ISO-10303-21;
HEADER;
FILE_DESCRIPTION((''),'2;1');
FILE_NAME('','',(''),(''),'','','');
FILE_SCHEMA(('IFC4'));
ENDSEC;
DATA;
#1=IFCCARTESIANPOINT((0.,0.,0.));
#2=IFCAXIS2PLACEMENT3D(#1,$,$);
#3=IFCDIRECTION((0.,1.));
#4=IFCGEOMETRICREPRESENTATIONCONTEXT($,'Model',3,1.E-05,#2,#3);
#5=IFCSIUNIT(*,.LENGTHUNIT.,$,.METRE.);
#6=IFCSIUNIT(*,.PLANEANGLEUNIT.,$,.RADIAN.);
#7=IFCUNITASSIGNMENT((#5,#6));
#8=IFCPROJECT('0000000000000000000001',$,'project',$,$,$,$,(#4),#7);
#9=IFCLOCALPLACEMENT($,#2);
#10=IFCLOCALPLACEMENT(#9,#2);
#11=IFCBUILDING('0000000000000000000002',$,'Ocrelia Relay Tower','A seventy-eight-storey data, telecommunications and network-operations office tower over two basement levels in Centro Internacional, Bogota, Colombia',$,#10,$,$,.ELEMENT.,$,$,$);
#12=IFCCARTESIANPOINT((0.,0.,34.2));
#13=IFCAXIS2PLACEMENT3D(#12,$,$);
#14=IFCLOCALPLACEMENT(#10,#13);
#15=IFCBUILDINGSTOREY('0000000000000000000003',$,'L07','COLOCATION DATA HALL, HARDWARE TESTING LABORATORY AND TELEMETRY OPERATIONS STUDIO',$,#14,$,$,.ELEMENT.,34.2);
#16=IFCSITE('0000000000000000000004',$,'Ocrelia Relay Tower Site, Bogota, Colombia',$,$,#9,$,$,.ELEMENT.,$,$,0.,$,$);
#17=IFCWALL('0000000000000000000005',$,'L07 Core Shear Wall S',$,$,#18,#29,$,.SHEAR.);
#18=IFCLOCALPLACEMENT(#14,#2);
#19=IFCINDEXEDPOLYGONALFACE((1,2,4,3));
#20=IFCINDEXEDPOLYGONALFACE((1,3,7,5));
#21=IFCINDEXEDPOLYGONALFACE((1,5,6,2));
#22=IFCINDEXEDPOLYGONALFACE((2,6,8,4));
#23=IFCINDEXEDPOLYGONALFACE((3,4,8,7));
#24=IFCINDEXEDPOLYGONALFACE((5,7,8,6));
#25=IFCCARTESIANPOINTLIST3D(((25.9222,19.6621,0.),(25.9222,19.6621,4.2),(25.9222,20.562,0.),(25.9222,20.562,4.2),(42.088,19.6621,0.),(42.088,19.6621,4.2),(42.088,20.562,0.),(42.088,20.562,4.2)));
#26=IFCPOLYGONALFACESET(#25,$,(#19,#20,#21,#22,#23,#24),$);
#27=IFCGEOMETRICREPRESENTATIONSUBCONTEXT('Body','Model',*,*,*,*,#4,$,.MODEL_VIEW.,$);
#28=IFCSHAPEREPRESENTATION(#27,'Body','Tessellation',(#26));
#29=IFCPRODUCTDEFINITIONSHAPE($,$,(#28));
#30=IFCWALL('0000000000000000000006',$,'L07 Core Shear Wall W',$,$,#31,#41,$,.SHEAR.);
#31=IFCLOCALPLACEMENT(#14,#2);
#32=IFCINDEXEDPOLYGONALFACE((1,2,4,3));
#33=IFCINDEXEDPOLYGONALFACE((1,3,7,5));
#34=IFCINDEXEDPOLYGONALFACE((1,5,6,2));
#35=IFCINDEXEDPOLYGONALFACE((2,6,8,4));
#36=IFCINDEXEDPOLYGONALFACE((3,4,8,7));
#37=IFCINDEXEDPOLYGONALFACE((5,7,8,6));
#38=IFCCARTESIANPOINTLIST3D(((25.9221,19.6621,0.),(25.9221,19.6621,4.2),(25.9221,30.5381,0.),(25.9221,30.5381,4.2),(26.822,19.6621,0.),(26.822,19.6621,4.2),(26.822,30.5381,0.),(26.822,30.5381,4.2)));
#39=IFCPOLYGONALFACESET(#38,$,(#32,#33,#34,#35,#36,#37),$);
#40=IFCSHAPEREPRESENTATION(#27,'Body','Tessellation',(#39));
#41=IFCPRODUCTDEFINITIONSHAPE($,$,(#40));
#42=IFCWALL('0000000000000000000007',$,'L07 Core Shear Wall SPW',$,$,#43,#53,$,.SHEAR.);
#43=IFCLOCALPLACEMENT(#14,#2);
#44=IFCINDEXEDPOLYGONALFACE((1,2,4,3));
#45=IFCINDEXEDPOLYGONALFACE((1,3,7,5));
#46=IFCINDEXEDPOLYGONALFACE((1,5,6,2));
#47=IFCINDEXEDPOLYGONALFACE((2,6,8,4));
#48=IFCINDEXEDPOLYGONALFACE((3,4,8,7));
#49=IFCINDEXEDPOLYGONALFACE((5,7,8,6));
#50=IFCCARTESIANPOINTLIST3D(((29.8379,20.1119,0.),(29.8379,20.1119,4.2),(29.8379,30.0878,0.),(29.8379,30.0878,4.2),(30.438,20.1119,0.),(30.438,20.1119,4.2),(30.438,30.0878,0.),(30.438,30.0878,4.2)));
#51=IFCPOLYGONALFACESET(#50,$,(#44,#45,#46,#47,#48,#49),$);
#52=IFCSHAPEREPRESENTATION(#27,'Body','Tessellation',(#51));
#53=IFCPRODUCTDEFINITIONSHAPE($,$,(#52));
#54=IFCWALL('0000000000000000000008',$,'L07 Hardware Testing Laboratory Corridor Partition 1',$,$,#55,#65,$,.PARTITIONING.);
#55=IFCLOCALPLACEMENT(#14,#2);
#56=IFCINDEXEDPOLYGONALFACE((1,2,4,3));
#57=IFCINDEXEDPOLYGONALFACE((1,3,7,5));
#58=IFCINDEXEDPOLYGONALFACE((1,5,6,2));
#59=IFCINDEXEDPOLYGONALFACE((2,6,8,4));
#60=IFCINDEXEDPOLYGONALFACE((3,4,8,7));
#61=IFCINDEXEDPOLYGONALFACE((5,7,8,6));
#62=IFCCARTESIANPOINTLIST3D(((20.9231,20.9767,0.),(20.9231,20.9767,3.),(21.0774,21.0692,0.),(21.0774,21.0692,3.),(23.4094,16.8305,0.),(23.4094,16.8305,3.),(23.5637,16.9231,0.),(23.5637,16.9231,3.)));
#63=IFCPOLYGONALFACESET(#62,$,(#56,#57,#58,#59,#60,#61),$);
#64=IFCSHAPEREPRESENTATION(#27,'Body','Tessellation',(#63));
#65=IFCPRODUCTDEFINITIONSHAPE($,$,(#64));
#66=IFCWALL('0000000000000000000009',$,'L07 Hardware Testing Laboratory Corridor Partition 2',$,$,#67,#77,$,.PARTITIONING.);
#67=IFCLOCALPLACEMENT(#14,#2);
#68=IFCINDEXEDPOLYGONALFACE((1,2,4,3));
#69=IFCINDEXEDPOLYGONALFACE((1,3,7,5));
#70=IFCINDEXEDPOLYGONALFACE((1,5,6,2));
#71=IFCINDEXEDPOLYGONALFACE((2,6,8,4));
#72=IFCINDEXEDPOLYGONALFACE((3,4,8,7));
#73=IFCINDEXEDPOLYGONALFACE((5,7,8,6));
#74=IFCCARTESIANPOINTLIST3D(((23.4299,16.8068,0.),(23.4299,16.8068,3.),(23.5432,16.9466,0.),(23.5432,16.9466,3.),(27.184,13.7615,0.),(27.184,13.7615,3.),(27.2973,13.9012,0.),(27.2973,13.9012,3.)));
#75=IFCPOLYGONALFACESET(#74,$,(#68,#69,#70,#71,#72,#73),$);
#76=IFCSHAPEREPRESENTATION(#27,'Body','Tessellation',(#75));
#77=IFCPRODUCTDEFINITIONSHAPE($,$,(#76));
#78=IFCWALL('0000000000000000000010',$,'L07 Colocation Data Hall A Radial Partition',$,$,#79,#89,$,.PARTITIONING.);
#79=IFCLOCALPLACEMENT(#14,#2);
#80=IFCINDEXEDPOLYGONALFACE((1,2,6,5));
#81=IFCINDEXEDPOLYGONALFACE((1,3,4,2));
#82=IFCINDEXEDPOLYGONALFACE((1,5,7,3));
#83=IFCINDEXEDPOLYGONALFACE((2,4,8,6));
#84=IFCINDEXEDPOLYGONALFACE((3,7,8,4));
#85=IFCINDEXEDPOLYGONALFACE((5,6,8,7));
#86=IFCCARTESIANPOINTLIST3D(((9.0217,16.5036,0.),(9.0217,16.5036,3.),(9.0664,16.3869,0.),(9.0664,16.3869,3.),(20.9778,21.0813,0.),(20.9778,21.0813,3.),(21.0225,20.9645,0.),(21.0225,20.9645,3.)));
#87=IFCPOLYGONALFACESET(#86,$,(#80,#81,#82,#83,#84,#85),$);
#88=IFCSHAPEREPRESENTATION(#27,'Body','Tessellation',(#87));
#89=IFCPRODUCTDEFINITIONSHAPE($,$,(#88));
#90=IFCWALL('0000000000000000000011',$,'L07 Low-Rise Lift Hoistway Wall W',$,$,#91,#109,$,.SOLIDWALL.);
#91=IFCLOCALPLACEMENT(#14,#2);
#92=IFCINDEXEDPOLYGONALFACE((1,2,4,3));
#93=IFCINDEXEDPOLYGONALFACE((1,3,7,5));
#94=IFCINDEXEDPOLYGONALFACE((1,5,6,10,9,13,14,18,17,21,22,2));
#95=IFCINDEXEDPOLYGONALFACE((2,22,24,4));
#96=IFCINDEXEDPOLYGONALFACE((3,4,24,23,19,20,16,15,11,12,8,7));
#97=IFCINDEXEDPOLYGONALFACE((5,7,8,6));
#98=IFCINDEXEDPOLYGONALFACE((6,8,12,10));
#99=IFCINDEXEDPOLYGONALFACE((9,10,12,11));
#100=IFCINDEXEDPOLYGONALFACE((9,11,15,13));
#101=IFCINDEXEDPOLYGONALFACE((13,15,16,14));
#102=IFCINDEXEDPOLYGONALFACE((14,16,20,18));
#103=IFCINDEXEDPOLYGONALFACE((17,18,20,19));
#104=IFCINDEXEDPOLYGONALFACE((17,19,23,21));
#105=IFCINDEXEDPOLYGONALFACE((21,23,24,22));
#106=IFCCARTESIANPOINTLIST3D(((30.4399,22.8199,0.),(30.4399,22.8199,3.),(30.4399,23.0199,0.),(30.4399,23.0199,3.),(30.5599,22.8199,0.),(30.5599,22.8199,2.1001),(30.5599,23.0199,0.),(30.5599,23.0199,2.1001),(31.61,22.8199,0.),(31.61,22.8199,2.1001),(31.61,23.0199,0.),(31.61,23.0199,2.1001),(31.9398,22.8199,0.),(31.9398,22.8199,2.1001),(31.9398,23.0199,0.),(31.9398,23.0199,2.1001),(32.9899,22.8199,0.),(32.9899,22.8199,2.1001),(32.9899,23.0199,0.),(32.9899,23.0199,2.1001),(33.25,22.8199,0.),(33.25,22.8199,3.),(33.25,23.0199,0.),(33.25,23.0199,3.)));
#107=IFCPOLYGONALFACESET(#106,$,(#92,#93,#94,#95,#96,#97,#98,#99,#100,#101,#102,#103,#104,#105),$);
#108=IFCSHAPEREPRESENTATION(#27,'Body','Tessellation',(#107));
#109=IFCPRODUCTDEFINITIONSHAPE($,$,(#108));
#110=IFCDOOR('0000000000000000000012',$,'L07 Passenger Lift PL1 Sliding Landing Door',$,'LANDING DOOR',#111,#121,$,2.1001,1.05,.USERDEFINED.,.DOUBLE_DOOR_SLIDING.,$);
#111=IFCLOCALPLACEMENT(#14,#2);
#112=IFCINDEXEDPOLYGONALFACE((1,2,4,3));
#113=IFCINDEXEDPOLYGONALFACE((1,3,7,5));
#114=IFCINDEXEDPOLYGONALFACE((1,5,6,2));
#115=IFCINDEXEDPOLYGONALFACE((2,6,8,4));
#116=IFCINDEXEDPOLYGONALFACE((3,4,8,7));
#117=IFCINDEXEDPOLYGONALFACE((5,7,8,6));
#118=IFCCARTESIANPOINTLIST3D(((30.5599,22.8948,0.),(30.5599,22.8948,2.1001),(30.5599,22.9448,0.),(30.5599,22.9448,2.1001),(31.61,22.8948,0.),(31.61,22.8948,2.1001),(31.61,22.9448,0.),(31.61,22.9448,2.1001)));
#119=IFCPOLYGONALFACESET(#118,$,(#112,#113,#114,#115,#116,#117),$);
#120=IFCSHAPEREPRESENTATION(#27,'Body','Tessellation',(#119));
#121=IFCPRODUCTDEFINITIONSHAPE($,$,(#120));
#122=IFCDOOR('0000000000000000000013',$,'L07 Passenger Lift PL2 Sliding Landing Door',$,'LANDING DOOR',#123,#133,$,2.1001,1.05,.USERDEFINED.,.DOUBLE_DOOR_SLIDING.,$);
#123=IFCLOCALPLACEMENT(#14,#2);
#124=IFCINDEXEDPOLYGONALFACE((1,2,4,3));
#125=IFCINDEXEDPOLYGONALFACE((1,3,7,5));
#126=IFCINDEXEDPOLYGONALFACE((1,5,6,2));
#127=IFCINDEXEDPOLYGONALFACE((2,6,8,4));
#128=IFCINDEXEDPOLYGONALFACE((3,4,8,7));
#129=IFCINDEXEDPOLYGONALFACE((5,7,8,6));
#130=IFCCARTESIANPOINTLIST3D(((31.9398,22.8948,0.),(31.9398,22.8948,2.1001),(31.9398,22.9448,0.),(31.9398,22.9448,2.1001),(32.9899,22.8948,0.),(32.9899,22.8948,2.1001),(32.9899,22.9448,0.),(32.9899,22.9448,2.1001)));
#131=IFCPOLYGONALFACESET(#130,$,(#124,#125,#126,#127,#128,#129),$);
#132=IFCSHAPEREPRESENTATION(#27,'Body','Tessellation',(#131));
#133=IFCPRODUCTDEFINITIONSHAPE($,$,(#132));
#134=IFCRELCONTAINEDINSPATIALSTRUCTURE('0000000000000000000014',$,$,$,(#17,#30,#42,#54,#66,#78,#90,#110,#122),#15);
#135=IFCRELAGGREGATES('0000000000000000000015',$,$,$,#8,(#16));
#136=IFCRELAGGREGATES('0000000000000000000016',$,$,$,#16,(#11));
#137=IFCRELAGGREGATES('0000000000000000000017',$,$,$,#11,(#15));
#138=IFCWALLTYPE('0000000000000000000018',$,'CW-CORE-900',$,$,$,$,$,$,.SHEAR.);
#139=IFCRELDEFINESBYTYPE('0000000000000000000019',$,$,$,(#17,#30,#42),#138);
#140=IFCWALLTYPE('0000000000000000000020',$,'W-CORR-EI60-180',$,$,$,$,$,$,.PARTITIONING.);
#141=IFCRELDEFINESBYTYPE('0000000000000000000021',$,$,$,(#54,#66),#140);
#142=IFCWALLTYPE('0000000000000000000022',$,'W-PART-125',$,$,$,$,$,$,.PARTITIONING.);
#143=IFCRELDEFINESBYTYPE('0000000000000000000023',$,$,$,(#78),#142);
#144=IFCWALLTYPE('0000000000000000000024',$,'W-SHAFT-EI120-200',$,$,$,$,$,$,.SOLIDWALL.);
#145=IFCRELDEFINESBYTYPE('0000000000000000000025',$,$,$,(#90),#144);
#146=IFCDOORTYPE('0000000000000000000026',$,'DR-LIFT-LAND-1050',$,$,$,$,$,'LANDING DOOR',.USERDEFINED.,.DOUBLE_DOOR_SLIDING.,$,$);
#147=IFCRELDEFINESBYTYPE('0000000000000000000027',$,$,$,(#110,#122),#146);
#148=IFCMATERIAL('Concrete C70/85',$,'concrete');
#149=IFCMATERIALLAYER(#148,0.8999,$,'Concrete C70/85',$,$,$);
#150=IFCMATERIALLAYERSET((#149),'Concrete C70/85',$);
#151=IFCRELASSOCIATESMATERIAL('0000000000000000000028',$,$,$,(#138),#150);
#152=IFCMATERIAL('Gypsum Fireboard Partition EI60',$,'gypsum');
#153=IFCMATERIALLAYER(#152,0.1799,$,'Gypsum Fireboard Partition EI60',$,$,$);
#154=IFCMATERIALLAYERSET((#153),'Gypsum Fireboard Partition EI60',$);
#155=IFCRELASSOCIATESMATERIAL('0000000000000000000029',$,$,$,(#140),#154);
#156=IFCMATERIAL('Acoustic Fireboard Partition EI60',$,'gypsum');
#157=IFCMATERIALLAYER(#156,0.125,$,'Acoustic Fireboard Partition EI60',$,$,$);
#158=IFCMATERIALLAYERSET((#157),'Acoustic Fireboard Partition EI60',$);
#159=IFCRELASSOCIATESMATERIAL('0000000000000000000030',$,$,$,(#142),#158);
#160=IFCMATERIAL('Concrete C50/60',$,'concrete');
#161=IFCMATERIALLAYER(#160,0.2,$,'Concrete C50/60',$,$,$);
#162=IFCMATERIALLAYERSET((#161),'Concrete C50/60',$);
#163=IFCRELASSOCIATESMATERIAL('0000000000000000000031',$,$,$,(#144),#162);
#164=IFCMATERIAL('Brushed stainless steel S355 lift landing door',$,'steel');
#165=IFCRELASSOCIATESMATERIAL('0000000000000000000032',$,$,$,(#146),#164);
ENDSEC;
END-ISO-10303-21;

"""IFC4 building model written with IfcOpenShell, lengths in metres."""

from ifc_helpers import new_model, si_unit, direction, frame, frame_2d, origin, place, context, subcontext, project, spatial, rectangle, extrude, material, layer, layer_set, type_object, element, fill, save


model = new_model("IFC4")

# Units and contexts
model_context = context("Model", 3, precision=1e-05, world=origin(), true_north=direction((0.0, 1.0)))
body_context = subcontext(model_context, "Body", "Model", "MODEL_VIEW")
ifc_project = project(units=[si_unit("LENGTHUNIT", "METRE"), si_unit("PLANEANGLEUNIT", "RADIAN")], contexts=[model_context])

# Site, building, storey
site_placement = place(None, origin())
site = spatial("IfcSite", under=ifc_project, at=site_placement, Name="Ocrelia Relay Tower Site, Bogota, Colombia", CompositionType="ELEMENT", RefElevation=0.0)
building_placement = place(site_placement, origin())
building = spatial("IfcBuilding", under=site, at=building_placement, Name="Ocrelia Relay Tower", Description="A seventy-eight-storey data, telecommunications and network-operations office tower over two basement levels in Centro Internacional, Bogota, Colombia", CompositionType="ELEMENT")
storey_placement = place(building_placement, frame((0.0, 0.0, 34.2)))
storey = spatial("IfcBuildingStorey", under=building, at=storey_placement, Name="L07", Description="COLOCATION DATA HALL, HARDWARE TESTING LABORATORY AND TELEMETRY OPERATIONS STUDIO", CompositionType="ELEMENT", Elevation=34.2)

# Shared definitions
ifc_material_1 = material(Name="Concrete C70/85", Category="concrete")

# Walls
ifc_layer_1 = layer(ifc_material_1, 0.8999, Name="Concrete C70/85")
ifc_layer_set_1 = layer_set([ifc_layer_1], Name="Concrete C70/85")
wall_type_1 = type_object("IfcWallType", Name="CW-CORE-900", PredefinedType="SHEAR", material=ifc_layer_set_1)
wall_1_placement = place(storey_placement, frame((25.9221, 20.1121, 0.0), z_axis=(0.0, 0.0, 1.0), x_axis=(1.0, 0.0, 0.0)))
element("IfcWall", 1, at=wall_1_placement, inside=storey, type_object=wall_type_1, Name="L07 Core Shear Wall S", PredefinedType="SHEAR", context=body_context, shape_type="SweptSolid", body=[
    extrude(rectangle(XDim=16.1658, YDim=0.8999, at=frame_2d((8.083, 0.0))), origin(), (0.0, 0.0, 1.0), 4.2),
])
wall_2_placement = place(storey_placement, frame((26.3721, 19.6621, 0.0), z_axis=(0.0, 0.0, 1.0), x_axis=(0.0, 1.0, 0.0)))
element("IfcWall", 2, at=wall_2_placement, inside=storey, type_object=wall_type_1, Name="L07 Core Shear Wall W", PredefinedType="SHEAR", context=body_context, shape_type="SweptSolid", body=[
    extrude(rectangle(XDim=10.876, YDim=0.8999, at=frame_2d((5.438, 0.0))), origin(), (0.0, 0.0, 1.0), 4.2),
])
wall_3_placement = place(storey_placement, frame((30.1379, 20.1121, 0.0), z_axis=(0.0, 0.0, 1.0), x_axis=(0.0, 1.0, 0.0)))
element("IfcWall", 3, at=wall_3_placement, inside=storey, type_object=wall_type_1, Name="L07 Core Shear Wall SPW", PredefinedType="SHEAR", context=body_context, shape_type="SweptSolid", body=[
    extrude(rectangle(XDim=9.9758, YDim=0.6001, at=frame_2d((4.9878, 0.0))), origin(), (0.0, 0.0, 1.0), 4.2),
])
ifc_material_2 = material(Name="Gypsum Fireboard Partition EI60", Category="gypsum")
ifc_layer_2 = layer(ifc_material_2, 0.1799, Name="Gypsum Fireboard Partition EI60")
ifc_layer_set_2 = layer_set([ifc_layer_2], Name="Gypsum Fireboard Partition EI60")
wall_type_2 = type_object("IfcWallType", Name="W-CORR-EI60-180", PredefinedType="PARTITIONING", material=ifc_layer_set_2)
wall_4_placement = place(storey_placement, frame((21.0002, 21.0229, 0.0), z_axis=(0.0, 0.0, 1.0), x_axis=(0.51428, -0.857622, 0.0)))
element("IfcWall", 4, at=wall_4_placement, inside=storey, type_object=wall_type_2, Name="L07 Hardware Testing Laboratory Corridor Partition 1", PredefinedType="PARTITIONING", context=body_context, shape_type="SweptSolid", body=[
    extrude(rectangle(XDim=4.8345, YDim=0.1799, at=frame_2d((2.4172, 0.0))), origin(), (0.0, 0.0, 1.0), 3.0),
])
wall_5_placement = place(storey_placement, frame((23.4866, 16.8767, 0.0), z_axis=(0.0, 0.0, 1.0), x_axis=(0.776603, -0.62999, 0.0)))
element("IfcWall", 5, at=wall_5_placement, inside=storey, type_object=wall_type_2, Name="L07 Hardware Testing Laboratory Corridor Partition 2", PredefinedType="PARTITIONING", context=body_context, shape_type="SweptSolid", body=[
    extrude(rectangle(XDim=4.834, YDim=0.1799, at=frame_2d((2.417, 0.0))), origin(), (0.0, 0.0, 1.0), 3.0),
])

# Wall
ifc_material_3 = material(Name="Acoustic Fireboard Partition EI60", Category="gypsum")
ifc_layer_3 = layer(ifc_material_3, 0.125, Name="Acoustic Fireboard Partition EI60")
ifc_layer_set_3 = layer_set([ifc_layer_3], Name="Acoustic Fireboard Partition EI60")
wall_type_3 = type_object("IfcWallType", Name="W-PART-125", PredefinedType="PARTITIONING", material=ifc_layer_set_3)
wall_6_placement = place(storey_placement, frame((21.0002, 21.0229, 0.0), z_axis=(0.0, 0.0, 1.0), x_axis=(-0.93389, -0.35756, 0.0)))
element("IfcWall", 6, at=wall_6_placement, inside=storey, type_object=wall_type_3, Name="L07 Colocation Data Hall A Radial Partition", PredefinedType="PARTITIONING", context=body_context, shape_type="SweptSolid", body=[
    extrude(rectangle(XDim=12.8025, YDim=0.125, at=frame_2d((6.4014, 0.0))), origin(), (0.0, 0.0, 1.0), 3.0),
])

# Wall, openings, doors
ifc_material_4 = material(Name="Concrete C50/60", Category="concrete")
ifc_layer_4 = layer(ifc_material_4, 0.2, Name="Concrete C50/60")
ifc_layer_set_4 = layer_set([ifc_layer_4], Name="Concrete C50/60")
wall_type_4 = type_object("IfcWallType", Name="W-SHAFT-EI120-200", PredefinedType="SOLIDWALL", material=ifc_layer_set_4)
wall_7_placement = place(storey_placement, frame((30.4399, 22.9199, 0.0), z_axis=(0.0, 0.0, 1.0), x_axis=(1.0, 0.0, 0.0)))
wall_7 = element("IfcWall", 7, at=wall_7_placement, inside=storey, type_object=wall_type_4, Name="L07 Low-Rise Lift Hoistway Wall W", PredefinedType="SOLIDWALL", context=body_context, shape_type="SweptSolid", body=[
    extrude(rectangle(XDim=2.8101, YDim=0.2, at=frame_2d((1.405, 0.0))), origin(), (0.0, 0.0, 1.0), 3.0),
])
opening_1_placement = place(wall_7_placement, frame((0.1201, 0.0, 0.0)))
opening_1 = element("IfcOpeningElement", 8, at=opening_1_placement, cuts=wall_7, PredefinedType="OPENING", context=body_context, shape_type="SweptSolid", body=[
    extrude(rectangle(XDim=1.05, YDim=2.1001, at=frame_2d((0.5249, 1.05))), frame((0.0, 0.1099, 0.0), z_axis=(0.0, -1.0, 0.0), x_axis=(1.0, 0.0, 0.0)), (0.0, 0.0, 1.0), 0.22),
])
opening_2_placement = place(wall_7_placement, frame((1.5, 0.0, 0.0)))
opening_2 = element("IfcOpeningElement", 9, at=opening_2_placement, cuts=wall_7, PredefinedType="OPENING", context=body_context, shape_type="SweptSolid", body=[
    extrude(rectangle(XDim=1.05, YDim=2.1001, at=frame_2d((0.5249, 1.05))), frame((0.0, 0.1099, 0.0), z_axis=(0.0, -1.0, 0.0), x_axis=(1.0, 0.0, 0.0)), (0.0, 0.0, 1.0), 0.22),
])
ifc_material_5 = material(Name="Brushed stainless steel S355 lift landing door", Category="steel")
door_type_1 = type_object("IfcDoorType", Name="DR-LIFT-LAND-1050", ElementType="LANDING DOOR", OperationType="DOUBLE_DOOR_SLIDING", PredefinedType="USERDEFINED", material=ifc_material_5)
door_1_placement = place(opening_1_placement, origin())
door_1 = element("IfcDoor", 10, at=door_1_placement, inside=storey, type_object=door_type_1, Name="L07 Passenger Lift PL1 Sliding Landing Door", ObjectType="LANDING DOOR", OperationType="DOUBLE_DOOR_SLIDING", OverallHeight=2.1001, OverallWidth=1.05, PredefinedType="USERDEFINED", context=body_context, shape_type="SweptSolid", body=[
    extrude(rectangle(XDim=1.05, YDim=2.1001, at=frame_2d((0.5249, 1.05))), frame((0.0, 0.0249, 0.0), z_axis=(0.0, -1.0, 0.0), x_axis=(1.0, 0.0, 0.0)), (0.0, 0.0, 1.0), 0.05),
])
fill(opening_1, door_1)
door_2_placement = place(opening_2_placement, origin())
door_2 = element("IfcDoor", 11, at=door_2_placement, inside=storey, type_object=door_type_1, Name="L07 Passenger Lift PL2 Sliding Landing Door", ObjectType="LANDING DOOR", OperationType="DOUBLE_DOOR_SLIDING", OverallHeight=2.1001, OverallWidth=1.05, PredefinedType="USERDEFINED", context=body_context, shape_type="SweptSolid", body=[
    extrude(rectangle(XDim=1.05, YDim=2.1001, at=frame_2d((0.5249, 1.05))), frame((0.0, 0.0249, 0.0), z_axis=(0.0, -1.0, 0.0), x_axis=(1.0, 0.0, 0.0)), (0.0, 0.0, 1.0), 0.05),
])
fill(opening_2, door_2)

save(model, "model.ifc")
